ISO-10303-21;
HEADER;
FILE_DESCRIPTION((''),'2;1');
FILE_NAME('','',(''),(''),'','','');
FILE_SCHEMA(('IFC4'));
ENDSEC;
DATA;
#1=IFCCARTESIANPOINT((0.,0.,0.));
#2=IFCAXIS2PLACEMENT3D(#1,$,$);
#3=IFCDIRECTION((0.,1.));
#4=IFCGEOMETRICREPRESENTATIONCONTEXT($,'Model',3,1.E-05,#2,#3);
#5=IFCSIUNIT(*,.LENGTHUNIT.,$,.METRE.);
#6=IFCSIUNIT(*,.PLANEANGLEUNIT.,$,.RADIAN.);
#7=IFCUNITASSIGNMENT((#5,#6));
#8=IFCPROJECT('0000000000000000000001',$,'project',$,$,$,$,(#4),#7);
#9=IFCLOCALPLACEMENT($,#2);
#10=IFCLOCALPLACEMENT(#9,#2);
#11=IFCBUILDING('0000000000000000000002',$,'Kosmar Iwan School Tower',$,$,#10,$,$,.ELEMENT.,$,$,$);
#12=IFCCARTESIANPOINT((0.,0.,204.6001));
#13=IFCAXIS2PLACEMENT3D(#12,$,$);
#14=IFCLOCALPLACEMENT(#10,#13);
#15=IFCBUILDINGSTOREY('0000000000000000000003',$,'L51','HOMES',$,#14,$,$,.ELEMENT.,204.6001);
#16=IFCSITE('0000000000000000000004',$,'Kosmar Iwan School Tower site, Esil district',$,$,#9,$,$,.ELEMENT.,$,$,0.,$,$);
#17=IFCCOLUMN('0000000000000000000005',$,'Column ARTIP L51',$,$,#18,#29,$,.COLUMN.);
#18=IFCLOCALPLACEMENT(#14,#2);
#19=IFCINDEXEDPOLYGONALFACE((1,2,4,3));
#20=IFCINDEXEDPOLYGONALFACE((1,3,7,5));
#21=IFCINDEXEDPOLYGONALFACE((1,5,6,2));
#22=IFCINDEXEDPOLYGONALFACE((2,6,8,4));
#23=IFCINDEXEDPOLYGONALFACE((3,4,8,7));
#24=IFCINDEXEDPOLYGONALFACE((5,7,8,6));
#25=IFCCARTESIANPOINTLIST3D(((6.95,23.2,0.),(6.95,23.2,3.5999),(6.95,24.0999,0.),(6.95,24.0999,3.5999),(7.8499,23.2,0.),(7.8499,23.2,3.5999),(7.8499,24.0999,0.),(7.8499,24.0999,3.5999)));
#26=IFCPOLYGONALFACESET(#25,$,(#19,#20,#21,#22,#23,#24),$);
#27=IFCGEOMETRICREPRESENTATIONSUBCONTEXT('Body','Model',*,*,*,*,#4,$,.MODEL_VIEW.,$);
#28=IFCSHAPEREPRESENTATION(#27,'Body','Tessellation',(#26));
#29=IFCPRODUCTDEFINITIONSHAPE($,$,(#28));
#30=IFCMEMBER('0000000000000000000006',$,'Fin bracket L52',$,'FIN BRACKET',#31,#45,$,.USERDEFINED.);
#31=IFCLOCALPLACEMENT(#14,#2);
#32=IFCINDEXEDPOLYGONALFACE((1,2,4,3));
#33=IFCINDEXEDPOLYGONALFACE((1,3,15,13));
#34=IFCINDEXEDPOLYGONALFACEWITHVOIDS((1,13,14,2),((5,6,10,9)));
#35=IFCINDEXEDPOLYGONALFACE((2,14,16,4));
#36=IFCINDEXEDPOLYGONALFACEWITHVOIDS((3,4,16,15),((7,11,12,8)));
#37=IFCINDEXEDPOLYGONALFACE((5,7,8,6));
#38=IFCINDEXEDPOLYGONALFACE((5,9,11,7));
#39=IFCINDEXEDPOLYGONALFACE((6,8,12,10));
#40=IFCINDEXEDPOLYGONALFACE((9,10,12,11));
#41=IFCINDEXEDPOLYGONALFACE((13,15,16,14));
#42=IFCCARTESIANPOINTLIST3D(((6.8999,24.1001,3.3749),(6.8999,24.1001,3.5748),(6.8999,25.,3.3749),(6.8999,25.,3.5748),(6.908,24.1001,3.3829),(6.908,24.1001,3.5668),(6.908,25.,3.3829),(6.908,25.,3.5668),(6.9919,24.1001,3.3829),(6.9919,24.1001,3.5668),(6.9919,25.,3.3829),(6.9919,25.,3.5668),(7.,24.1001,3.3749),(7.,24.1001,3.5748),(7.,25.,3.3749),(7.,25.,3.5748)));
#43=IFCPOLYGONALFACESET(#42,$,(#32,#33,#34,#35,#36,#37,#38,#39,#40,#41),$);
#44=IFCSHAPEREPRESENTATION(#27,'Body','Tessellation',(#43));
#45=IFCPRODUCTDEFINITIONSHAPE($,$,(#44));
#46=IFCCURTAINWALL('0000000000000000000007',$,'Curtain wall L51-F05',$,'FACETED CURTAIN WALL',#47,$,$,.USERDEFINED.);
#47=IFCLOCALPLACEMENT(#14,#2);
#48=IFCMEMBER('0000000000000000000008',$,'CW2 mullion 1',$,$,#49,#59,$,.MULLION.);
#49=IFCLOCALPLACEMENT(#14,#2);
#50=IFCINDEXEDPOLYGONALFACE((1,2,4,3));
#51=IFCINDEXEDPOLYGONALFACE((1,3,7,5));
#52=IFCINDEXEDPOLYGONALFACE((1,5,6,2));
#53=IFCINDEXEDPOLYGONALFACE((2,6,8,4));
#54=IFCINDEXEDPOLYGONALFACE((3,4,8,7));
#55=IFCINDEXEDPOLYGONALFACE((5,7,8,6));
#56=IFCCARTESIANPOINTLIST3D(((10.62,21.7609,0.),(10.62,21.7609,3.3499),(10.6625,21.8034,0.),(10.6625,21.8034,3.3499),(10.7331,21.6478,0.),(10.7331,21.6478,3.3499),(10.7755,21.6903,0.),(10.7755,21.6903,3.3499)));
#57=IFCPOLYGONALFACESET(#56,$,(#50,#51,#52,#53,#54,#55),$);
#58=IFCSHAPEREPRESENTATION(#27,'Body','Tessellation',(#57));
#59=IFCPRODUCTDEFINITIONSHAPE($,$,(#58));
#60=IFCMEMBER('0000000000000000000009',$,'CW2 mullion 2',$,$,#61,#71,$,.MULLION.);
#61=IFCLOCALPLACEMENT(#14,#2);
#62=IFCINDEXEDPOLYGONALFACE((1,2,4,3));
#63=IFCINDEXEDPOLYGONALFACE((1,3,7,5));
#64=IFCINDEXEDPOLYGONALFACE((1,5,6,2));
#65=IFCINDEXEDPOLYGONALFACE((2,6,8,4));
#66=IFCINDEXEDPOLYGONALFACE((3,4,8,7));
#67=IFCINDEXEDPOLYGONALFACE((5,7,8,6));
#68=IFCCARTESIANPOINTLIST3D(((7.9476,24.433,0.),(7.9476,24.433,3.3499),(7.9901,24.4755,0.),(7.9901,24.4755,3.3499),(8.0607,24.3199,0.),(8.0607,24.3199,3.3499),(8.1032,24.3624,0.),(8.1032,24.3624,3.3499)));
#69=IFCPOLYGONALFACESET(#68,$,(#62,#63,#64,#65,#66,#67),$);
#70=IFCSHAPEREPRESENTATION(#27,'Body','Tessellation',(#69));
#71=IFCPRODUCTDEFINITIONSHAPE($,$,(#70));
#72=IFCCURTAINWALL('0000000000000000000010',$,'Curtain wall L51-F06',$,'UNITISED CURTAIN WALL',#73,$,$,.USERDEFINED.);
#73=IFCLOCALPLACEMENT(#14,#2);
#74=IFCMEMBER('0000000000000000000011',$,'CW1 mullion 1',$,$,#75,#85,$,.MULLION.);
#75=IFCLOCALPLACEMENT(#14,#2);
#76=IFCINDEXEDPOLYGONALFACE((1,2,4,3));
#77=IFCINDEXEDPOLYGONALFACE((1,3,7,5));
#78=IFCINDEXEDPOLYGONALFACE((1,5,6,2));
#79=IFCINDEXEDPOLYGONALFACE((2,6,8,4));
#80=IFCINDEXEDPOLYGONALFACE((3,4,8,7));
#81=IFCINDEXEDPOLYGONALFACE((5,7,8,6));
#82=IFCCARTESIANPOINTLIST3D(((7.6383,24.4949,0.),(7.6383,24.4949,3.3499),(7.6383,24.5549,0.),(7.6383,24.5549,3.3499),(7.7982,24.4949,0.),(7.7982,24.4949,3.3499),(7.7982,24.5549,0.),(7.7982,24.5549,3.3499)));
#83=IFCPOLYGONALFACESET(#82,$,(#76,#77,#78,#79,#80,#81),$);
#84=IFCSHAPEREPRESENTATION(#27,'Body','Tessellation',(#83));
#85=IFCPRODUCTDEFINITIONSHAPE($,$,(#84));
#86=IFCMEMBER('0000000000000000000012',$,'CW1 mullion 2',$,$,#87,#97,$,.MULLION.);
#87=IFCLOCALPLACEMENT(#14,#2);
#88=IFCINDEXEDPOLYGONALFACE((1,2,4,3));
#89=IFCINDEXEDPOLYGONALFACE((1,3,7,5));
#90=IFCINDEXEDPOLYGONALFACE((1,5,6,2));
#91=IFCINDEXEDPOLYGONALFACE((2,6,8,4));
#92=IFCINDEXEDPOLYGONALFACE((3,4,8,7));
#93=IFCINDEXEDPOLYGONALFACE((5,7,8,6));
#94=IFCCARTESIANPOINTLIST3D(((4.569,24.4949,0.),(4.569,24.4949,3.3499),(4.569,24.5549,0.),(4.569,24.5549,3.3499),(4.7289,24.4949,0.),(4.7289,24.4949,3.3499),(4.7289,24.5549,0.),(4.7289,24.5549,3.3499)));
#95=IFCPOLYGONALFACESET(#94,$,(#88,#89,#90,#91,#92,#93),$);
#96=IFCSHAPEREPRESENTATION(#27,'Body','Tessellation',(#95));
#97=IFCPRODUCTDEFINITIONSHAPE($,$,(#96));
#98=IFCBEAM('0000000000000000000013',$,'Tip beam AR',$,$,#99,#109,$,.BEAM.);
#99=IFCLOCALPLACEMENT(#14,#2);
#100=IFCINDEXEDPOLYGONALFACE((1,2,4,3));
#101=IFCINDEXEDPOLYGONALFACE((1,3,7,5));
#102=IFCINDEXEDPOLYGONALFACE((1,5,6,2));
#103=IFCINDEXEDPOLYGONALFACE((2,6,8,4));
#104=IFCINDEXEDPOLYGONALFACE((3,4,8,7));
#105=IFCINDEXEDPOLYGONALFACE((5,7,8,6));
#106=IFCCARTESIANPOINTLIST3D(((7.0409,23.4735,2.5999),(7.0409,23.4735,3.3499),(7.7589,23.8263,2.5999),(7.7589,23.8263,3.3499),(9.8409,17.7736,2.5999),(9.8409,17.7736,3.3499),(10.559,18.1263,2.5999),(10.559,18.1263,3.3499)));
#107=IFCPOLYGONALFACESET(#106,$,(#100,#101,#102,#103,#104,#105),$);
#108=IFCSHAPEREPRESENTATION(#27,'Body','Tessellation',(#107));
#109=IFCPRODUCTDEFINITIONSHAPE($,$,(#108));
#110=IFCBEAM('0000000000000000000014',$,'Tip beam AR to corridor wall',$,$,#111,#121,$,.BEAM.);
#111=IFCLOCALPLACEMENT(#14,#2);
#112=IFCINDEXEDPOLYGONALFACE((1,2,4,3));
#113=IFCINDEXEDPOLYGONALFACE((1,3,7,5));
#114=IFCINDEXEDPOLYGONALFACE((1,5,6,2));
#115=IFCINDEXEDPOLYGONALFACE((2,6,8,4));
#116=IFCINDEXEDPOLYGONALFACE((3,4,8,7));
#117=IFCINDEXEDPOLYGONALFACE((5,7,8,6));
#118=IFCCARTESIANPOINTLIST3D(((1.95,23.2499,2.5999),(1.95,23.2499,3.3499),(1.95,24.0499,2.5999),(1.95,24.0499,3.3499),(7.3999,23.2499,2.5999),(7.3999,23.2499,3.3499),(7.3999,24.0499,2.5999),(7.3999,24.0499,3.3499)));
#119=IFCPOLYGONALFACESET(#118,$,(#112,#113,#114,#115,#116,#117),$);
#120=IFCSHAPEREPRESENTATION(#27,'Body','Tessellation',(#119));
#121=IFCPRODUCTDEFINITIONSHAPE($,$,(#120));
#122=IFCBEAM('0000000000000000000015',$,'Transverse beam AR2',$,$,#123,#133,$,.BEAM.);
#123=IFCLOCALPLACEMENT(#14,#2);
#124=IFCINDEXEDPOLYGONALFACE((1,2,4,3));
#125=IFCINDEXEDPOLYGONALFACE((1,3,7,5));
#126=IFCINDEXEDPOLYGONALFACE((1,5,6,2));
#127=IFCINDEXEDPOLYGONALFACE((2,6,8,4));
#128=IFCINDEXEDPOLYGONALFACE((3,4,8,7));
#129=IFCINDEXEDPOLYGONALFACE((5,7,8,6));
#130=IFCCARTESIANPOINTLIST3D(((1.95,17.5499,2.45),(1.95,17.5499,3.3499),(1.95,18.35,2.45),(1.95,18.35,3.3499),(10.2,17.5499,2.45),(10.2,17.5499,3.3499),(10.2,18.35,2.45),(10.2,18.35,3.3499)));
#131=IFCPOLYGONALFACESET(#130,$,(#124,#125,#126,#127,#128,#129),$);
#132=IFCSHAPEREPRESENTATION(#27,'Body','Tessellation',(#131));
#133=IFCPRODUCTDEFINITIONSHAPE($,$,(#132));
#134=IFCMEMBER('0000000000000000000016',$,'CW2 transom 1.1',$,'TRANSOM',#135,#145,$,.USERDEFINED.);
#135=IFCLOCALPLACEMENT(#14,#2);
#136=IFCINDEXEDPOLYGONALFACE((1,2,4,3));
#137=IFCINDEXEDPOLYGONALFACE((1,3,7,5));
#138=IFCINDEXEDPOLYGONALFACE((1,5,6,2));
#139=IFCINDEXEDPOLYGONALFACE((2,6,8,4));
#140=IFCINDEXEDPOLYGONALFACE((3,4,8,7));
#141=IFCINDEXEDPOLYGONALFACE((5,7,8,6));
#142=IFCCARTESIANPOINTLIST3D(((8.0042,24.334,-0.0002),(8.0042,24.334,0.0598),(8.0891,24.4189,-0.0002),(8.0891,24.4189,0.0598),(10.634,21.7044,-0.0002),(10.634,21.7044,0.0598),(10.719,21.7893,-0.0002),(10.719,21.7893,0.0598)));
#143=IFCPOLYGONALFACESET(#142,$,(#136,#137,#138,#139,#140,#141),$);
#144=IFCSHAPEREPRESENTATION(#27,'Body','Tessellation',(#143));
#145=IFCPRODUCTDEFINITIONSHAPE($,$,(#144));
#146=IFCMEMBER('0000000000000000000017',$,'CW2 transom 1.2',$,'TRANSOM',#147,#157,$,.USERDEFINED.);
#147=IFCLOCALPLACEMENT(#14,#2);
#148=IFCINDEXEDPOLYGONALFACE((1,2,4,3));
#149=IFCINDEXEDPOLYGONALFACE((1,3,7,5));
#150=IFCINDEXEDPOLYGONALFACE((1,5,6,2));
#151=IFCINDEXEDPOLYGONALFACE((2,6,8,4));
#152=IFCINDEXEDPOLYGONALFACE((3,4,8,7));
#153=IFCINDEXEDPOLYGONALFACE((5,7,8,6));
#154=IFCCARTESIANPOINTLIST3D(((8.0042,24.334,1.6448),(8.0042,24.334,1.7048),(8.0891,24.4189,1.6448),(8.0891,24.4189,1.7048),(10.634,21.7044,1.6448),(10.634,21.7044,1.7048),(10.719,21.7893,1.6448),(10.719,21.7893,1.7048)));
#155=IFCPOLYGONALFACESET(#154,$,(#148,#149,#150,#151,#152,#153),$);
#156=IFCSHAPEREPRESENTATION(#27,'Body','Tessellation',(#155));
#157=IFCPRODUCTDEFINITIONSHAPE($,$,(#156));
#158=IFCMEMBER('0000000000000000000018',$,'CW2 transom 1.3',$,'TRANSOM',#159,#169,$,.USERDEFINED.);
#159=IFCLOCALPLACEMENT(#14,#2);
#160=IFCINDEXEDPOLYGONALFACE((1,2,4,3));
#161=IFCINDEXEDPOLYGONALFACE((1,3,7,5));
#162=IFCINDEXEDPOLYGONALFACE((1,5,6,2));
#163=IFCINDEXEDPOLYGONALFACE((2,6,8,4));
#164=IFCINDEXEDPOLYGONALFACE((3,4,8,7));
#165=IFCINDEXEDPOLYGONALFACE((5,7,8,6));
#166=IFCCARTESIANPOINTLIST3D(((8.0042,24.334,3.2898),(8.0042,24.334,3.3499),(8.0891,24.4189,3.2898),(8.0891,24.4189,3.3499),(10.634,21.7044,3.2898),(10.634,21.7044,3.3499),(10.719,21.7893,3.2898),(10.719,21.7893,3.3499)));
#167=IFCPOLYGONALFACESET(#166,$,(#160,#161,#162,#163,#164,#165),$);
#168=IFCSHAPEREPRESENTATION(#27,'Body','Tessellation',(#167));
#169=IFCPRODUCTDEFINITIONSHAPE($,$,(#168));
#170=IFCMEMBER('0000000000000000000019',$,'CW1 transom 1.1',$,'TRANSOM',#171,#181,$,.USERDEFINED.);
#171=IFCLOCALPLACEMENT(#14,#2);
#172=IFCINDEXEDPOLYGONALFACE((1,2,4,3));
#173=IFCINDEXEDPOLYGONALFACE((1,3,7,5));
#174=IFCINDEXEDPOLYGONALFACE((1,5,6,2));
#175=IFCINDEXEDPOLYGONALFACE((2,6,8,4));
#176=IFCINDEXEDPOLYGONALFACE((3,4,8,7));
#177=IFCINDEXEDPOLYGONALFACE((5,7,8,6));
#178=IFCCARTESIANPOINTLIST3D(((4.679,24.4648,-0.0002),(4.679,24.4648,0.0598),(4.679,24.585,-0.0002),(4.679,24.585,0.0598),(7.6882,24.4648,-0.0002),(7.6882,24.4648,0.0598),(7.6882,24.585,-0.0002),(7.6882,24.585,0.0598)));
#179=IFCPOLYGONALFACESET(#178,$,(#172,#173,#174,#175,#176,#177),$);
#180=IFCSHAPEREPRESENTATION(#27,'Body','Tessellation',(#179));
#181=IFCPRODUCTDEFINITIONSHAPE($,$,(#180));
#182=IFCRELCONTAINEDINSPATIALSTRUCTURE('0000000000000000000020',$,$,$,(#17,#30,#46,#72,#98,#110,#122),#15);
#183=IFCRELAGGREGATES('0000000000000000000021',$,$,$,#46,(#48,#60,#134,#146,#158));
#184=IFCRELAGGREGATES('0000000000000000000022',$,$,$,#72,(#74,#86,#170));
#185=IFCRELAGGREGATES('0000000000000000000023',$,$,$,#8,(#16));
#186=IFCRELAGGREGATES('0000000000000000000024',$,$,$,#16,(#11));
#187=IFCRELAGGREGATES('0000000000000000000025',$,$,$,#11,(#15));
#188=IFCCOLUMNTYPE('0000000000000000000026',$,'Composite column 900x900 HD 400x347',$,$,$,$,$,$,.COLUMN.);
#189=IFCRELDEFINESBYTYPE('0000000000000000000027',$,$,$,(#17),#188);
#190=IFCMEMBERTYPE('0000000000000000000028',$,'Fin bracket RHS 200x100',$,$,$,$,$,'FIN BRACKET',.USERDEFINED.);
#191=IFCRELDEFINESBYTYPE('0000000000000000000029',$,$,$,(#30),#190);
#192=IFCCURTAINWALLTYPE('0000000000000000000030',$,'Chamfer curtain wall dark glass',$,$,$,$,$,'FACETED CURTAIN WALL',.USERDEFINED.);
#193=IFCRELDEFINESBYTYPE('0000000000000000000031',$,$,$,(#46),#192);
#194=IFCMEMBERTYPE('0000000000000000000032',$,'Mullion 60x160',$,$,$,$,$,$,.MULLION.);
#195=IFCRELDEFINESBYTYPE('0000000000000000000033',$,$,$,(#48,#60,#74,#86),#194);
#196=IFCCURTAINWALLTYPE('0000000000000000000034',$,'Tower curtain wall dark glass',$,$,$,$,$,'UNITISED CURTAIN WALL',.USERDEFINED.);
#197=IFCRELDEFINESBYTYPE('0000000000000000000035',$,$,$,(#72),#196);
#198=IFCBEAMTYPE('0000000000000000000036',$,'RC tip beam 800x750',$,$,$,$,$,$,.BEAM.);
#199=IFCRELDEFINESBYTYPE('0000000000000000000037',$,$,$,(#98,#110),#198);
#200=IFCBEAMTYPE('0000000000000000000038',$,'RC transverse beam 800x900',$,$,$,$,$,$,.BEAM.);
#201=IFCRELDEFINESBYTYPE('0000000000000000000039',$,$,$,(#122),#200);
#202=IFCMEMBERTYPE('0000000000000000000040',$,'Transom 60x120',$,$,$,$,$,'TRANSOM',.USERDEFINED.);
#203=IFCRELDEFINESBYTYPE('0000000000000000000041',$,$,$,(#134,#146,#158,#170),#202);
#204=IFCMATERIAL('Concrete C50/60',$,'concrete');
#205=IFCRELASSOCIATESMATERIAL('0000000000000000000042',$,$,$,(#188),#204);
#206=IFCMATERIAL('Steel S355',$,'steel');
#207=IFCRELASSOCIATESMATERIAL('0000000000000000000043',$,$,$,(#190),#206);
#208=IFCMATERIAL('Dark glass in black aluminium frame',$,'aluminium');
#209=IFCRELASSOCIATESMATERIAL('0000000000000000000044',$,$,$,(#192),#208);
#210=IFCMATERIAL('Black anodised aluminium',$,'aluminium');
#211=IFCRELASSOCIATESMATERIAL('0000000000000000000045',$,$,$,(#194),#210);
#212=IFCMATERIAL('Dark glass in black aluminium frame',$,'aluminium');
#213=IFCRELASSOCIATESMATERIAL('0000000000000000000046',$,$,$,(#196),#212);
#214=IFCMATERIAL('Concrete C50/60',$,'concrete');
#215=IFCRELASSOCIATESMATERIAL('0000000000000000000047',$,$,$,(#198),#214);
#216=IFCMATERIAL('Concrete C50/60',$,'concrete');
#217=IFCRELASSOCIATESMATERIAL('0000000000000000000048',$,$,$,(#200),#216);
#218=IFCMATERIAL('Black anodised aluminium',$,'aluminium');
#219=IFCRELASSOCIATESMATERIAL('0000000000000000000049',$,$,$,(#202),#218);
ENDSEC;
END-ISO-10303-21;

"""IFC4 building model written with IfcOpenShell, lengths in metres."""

from ifc_helpers import new_model, si_unit, direction, frame, origin, origin_2d, place, context, subcontext, project, spatial, rectangle, hollow_rectangle, extrude, material, material_profile, profile_set, type_object, element, aggregate, save


model = new_model("IFC4")

# Units and contexts
model_context = context("Model", 3, precision=1e-05, world=origin(), true_north=direction((0.0, 1.0)))
body_context = subcontext(model_context, "Body", "Model", "MODEL_VIEW")
ifc_project = project(units=[si_unit("LENGTHUNIT", "METRE"), si_unit("PLANEANGLEUNIT", "RADIAN")], contexts=[model_context])

# Site, building, storey
site_placement = place(None, origin())
site = spatial("IfcSite", under=ifc_project, at=site_placement, Name="Kosmar Iwan School Tower site, Esil district", CompositionType="ELEMENT", RefElevation=0.0)
building_placement = place(site_placement, origin())
building = spatial("IfcBuilding", under=site, at=building_placement, Name="Kosmar Iwan School Tower", CompositionType="ELEMENT")
storey_placement = place(building_placement, frame((0.0, 0.0, 204.6001)))
storey = spatial("IfcBuildingStorey", under=building, at=storey_placement, Name="L51", Description="HOMES", CompositionType="ELEMENT", Elevation=204.6001)

# Column
ifc_material_1 = material(Name="Concrete C50/60", Category="concrete")
ifc_material_profile_1 = material_profile(ifc_material_1, rectangle(XDim=0.8999, YDim=0.8999, at=origin_2d()), Name="RC 900x900 + HD 400x347")
ifc_profile_set_1 = profile_set([ifc_material_profile_1], Name="Concrete C50/60")
column_type = type_object("IfcColumnType", Name="Composite column 900x900 HD 400x347", PredefinedType="COLUMN", material=ifc_profile_set_1)
column_placement = place(storey_placement, frame((7.3999, 23.6499, 0.0), z_axis=(0.0, 0.0, 1.0), x_axis=(0.0, 1.0, 0.0)))
element("IfcColumn", 1, at=column_placement, inside=storey, type_object=column_type, Name="Column ARTIP L51", PredefinedType="COLUMN", context=body_context, shape_type="SweptSolid", body=[
    extrude(rectangle(XDim=0.8999, YDim=0.8999, at=origin_2d()), origin(), (0.0, 0.0, 1.0), 3.5999),
])

# Member
ifc_material_2 = material(Name="Steel S355", Category="steel")
ifc_material_profile_2 = material_profile(ifc_material_2, hollow_rectangle(XDim=0.1001, YDim=0.2, WallThickness=0.0081, at=origin_2d()), Name="RHS 200x100x8")
ifc_profile_set_2 = profile_set([ifc_material_profile_2], Name="Steel S355")
member_type_1 = type_object("IfcMemberType", Name="Fin bracket RHS 200x100", ElementType="FIN BRACKET", PredefinedType="USERDEFINED", material=ifc_profile_set_2)
member_1_placement = place(storey_placement, frame((6.95, 24.1001, 3.4749), z_axis=(0.0, 1.0, 0.0), x_axis=(-1.0, 0.0, 0.0)))
element("IfcMember", 2, at=member_1_placement, inside=storey, type_object=member_type_1, Name="Fin bracket L52", ObjectType="FIN BRACKET", PredefinedType="USERDEFINED", context=body_context, shape_type="SweptSolid", body=[
    extrude(hollow_rectangle(XDim=0.1001, YDim=0.2, WallThickness=0.0081, at=origin_2d()), origin(), (0.0, 0.0, 1.0), 0.8999),
])

# Curtain walls, members
ifc_material_3 = material(Name="Dark glass in black aluminium frame", Category="aluminium")
curtain_wall_type_1 = type_object("IfcCurtainWallType", Name="Chamfer curtain wall dark glass", ElementType="FACETED CURTAIN WALL", PredefinedType="USERDEFINED", material=ifc_material_3)
curtain_wall_1_placement = place(storey_placement, origin())
curtain_wall_1 = element("IfcCurtainWall", 3, at=curtain_wall_1_placement, inside=storey, type_object=curtain_wall_type_1, Name="Curtain wall L51-F05", ObjectType="FACETED CURTAIN WALL", PredefinedType="USERDEFINED")
ifc_material_4 = material(Name="Black anodised aluminium", Category="aluminium")
ifc_material_profile_3 = material_profile(ifc_material_4, rectangle(XDim=0.0601, YDim=0.1599, at=origin_2d()), Name="MULLION 60x160")
ifc_profile_set_3 = profile_set([ifc_material_profile_3], Name="Black anodised aluminium")
member_type_2 = type_object("IfcMemberType", Name="Mullion 60x160", PredefinedType="MULLION", material=ifc_profile_set_3)
member_2_placement = place(storey_placement, frame((10.6978, 21.7256, 0.0), z_axis=(0.0, 0.0, 1.0), x_axis=(-0.707107, -0.707107, 0.0)))
member_2 = element("IfcMember", 4, at=member_2_placement, type_object=member_type_2, Name="CW2 mullion 1", PredefinedType="MULLION", context=body_context, shape_type="SweptSolid", body=[
    extrude(rectangle(XDim=0.0601, YDim=0.1599, at=origin_2d()), origin(), (0.0, 0.0, 1.0), 3.3499),
])
member_3_placement = place(storey_placement, frame((8.0254, 24.3977, 0.0), z_axis=(0.0, 0.0, 1.0), x_axis=(-0.707107, -0.707107, 0.0)))
member_3 = element("IfcMember", 5, at=member_3_placement, type_object=member_type_2, Name="CW2 mullion 2", PredefinedType="MULLION", context=body_context, shape_type="SweptSolid", body=[
    extrude(rectangle(XDim=0.0601, YDim=0.1599, at=origin_2d()), origin(), (0.0, 0.0, 1.0), 3.3499),
])
ifc_material_5 = material(Name="Dark glass in black aluminium frame", Category="aluminium")
curtain_wall_type_2 = type_object("IfcCurtainWallType", Name="Tower curtain wall dark glass", ElementType="UNITISED CURTAIN WALL", PredefinedType="USERDEFINED", material=ifc_material_5)
curtain_wall_2_placement = place(storey_placement, origin())
curtain_wall_2 = element("IfcCurtainWall", 6, at=curtain_wall_2_placement, inside=storey, type_object=curtain_wall_type_2, Name="Curtain wall L51-F06", ObjectType="UNITISED CURTAIN WALL", PredefinedType="USERDEFINED")
member_4_placement = place(storey_placement, frame((7.7183, 24.5249, 0.0), z_axis=(0.0, 0.0, 1.0), x_axis=(0.0, -1.0, 0.0)))
member_4 = element("IfcMember", 7, at=member_4_placement, type_object=member_type_2, Name="CW1 mullion 1", PredefinedType="MULLION", context=body_context, shape_type="SweptSolid", body=[
    extrude(rectangle(XDim=0.0601, YDim=0.1599, at=origin_2d()), origin(), (0.0, 0.0, 1.0), 3.3499),
])
member_5_placement = place(storey_placement, frame((4.6489, 24.5249, 0.0), z_axis=(0.0, 0.0, 1.0), x_axis=(0.0, -1.0, 0.0)))
member_5 = element("IfcMember", 8, at=member_5_placement, type_object=member_type_2, Name="CW1 mullion 2", PredefinedType="MULLION", context=body_context, shape_type="SweptSolid", body=[
    extrude(rectangle(XDim=0.0601, YDim=0.1599, at=origin_2d()), origin(), (0.0, 0.0, 1.0), 3.3499),
])

# Beams
ifc_material_6 = material(Name="Concrete C50/60", Category="concrete")
ifc_material_profile_4 = material_profile(ifc_material_6, rectangle(XDim=0.8, YDim=0.75, at=origin_2d()), Name="RC 800x750")
ifc_profile_set_4 = profile_set([ifc_material_profile_4], Name="Concrete C50/60")
beam_type_1 = type_object("IfcBeamType", Name="RC tip beam 800x750", PredefinedType="BEAM", material=ifc_profile_set_4)
beam_1_placement = place(storey_placement, frame((10.2, 17.95, 2.9749), z_axis=(-0.440913, 0.89755, 0.0), x_axis=(-0.89755, -0.440913, 0.0)))
element("IfcBeam", 9, at=beam_1_placement, inside=storey, type_object=beam_type_1, Name="Tip beam AR", PredefinedType="BEAM", context=body_context, shape_type="SweptSolid", body=[
    extrude(rectangle(XDim=0.8, YDim=0.75, at=origin_2d()), origin(), (0.0, 0.0, 1.0), 6.3506),
])
beam_2_placement = place(storey_placement, frame((7.3999, 23.6499, 2.9749), z_axis=(-1.0, 0.0, 0.0), x_axis=(0.0, -1.0, 0.0)))
element("IfcBeam", 10, at=beam_2_placement, inside=storey, type_object=beam_type_1, Name="Tip beam AR to corridor wall", PredefinedType="BEAM", context=body_context, shape_type="SweptSolid", body=[
    extrude(rectangle(XDim=0.8, YDim=0.75, at=origin_2d()), origin(), (0.0, 0.0, 1.0), 5.45),
])
ifc_material_7 = material(Name="Concrete C50/60", Category="concrete")
ifc_material_profile_5 = material_profile(ifc_material_7, rectangle(XDim=0.8, YDim=0.8999, at=origin_2d()), Name="RC 800x900")
ifc_profile_set_5 = profile_set([ifc_material_profile_5], Name="Concrete C50/60")
beam_type_2 = type_object("IfcBeamType", Name="RC transverse beam 800x900", PredefinedType="BEAM", material=ifc_profile_set_5)
beam_3_placement = place(storey_placement, frame((10.2, 17.95, 2.8999), z_axis=(-1.0, 0.0, 0.0), x_axis=(0.0, -1.0, 0.0)))
element("IfcBeam", 11, at=beam_3_placement, inside=storey, type_object=beam_type_2, Name="Transverse beam AR2", PredefinedType="BEAM", context=body_context, shape_type="SweptSolid", body=[
    extrude(rectangle(XDim=0.8, YDim=0.8999, at=origin_2d()), origin(), (0.0, 0.0, 1.0), 8.25),
])

# Members
ifc_material_8 = material(Name="Black anodised aluminium", Category="aluminium")
ifc_material_profile_6 = material_profile(ifc_material_8, rectangle(XDim=0.1201, YDim=0.0601, at=origin_2d()), Name="TRANSOM 60x120")
ifc_profile_set_6 = profile_set([ifc_material_profile_6], Name="Black anodised aluminium")
member_type_3 = type_object("IfcMemberType", Name="Transom 60x120", ElementType="TRANSOM", PredefinedType="USERDEFINED", material=ifc_profile_set_6)
member_6_placement = place(storey_placement, frame((10.6765, 21.7468, 0.0298), z_axis=(-0.70714, 0.707074, 0.0), x_axis=(-0.707074, -0.70714, 0.0)))
member_6 = element("IfcMember", 12, at=member_6_placement, type_object=member_type_3, Name="CW2 transom 1.1", ObjectType="TRANSOM", PredefinedType="USERDEFINED", context=body_context, shape_type="SweptSolid", body=[
    extrude(rectangle(XDim=0.1201, YDim=0.0601, at=origin_2d()), origin(), (0.0, 0.0, 1.0), 3.719),
])
member_7_placement = place(storey_placement, frame((10.6765, 21.7468, 1.6748), z_axis=(-0.70714, 0.707074, 0.0), x_axis=(-0.707074, -0.70714, 0.0)))
member_7 = element("IfcMember", 13, at=member_7_placement, type_object=member_type_3, Name="CW2 transom 1.2", ObjectType="TRANSOM", PredefinedType="USERDEFINED", context=body_context, shape_type="SweptSolid", body=[
    extrude(rectangle(XDim=0.1201, YDim=0.0601, at=origin_2d()), origin(), (0.0, 0.0, 1.0), 3.719),
])
member_8_placement = place(storey_placement, frame((10.6765, 21.7468, 3.3198), z_axis=(-0.70714, 0.707074, 0.0), x_axis=(-0.707074, -0.70714, 0.0)))
member_8 = element("IfcMember", 14, at=member_8_placement, type_object=member_type_3, Name="CW2 transom 1.3", ObjectType="TRANSOM", PredefinedType="USERDEFINED", context=body_context, shape_type="SweptSolid", body=[
    extrude(rectangle(XDim=0.1201, YDim=0.0601, at=origin_2d()), origin(), (0.0, 0.0, 1.0), 3.719),
])
member_9_placement = place(storey_placement, frame((7.6882, 24.5249, 0.0298), z_axis=(-1.0, 0.0, 0.0), x_axis=(0.0, -1.0, 0.0)))
member_9 = element("IfcMember", 15, at=member_9_placement, type_object=member_type_3, Name="CW1 transom 1.1", ObjectType="TRANSOM", PredefinedType="USERDEFINED", context=body_context, shape_type="SweptSolid", body=[
    extrude(rectangle(XDim=0.1201, YDim=0.0601, at=origin_2d()), origin(), (0.0, 0.0, 1.0), 3.0093),
])

aggregate(curtain_wall_1, [member_2, member_3, member_6, member_7, member_8])
aggregate(curtain_wall_2, [member_4, member_5, member_9])

save(model, "model.ifc")
